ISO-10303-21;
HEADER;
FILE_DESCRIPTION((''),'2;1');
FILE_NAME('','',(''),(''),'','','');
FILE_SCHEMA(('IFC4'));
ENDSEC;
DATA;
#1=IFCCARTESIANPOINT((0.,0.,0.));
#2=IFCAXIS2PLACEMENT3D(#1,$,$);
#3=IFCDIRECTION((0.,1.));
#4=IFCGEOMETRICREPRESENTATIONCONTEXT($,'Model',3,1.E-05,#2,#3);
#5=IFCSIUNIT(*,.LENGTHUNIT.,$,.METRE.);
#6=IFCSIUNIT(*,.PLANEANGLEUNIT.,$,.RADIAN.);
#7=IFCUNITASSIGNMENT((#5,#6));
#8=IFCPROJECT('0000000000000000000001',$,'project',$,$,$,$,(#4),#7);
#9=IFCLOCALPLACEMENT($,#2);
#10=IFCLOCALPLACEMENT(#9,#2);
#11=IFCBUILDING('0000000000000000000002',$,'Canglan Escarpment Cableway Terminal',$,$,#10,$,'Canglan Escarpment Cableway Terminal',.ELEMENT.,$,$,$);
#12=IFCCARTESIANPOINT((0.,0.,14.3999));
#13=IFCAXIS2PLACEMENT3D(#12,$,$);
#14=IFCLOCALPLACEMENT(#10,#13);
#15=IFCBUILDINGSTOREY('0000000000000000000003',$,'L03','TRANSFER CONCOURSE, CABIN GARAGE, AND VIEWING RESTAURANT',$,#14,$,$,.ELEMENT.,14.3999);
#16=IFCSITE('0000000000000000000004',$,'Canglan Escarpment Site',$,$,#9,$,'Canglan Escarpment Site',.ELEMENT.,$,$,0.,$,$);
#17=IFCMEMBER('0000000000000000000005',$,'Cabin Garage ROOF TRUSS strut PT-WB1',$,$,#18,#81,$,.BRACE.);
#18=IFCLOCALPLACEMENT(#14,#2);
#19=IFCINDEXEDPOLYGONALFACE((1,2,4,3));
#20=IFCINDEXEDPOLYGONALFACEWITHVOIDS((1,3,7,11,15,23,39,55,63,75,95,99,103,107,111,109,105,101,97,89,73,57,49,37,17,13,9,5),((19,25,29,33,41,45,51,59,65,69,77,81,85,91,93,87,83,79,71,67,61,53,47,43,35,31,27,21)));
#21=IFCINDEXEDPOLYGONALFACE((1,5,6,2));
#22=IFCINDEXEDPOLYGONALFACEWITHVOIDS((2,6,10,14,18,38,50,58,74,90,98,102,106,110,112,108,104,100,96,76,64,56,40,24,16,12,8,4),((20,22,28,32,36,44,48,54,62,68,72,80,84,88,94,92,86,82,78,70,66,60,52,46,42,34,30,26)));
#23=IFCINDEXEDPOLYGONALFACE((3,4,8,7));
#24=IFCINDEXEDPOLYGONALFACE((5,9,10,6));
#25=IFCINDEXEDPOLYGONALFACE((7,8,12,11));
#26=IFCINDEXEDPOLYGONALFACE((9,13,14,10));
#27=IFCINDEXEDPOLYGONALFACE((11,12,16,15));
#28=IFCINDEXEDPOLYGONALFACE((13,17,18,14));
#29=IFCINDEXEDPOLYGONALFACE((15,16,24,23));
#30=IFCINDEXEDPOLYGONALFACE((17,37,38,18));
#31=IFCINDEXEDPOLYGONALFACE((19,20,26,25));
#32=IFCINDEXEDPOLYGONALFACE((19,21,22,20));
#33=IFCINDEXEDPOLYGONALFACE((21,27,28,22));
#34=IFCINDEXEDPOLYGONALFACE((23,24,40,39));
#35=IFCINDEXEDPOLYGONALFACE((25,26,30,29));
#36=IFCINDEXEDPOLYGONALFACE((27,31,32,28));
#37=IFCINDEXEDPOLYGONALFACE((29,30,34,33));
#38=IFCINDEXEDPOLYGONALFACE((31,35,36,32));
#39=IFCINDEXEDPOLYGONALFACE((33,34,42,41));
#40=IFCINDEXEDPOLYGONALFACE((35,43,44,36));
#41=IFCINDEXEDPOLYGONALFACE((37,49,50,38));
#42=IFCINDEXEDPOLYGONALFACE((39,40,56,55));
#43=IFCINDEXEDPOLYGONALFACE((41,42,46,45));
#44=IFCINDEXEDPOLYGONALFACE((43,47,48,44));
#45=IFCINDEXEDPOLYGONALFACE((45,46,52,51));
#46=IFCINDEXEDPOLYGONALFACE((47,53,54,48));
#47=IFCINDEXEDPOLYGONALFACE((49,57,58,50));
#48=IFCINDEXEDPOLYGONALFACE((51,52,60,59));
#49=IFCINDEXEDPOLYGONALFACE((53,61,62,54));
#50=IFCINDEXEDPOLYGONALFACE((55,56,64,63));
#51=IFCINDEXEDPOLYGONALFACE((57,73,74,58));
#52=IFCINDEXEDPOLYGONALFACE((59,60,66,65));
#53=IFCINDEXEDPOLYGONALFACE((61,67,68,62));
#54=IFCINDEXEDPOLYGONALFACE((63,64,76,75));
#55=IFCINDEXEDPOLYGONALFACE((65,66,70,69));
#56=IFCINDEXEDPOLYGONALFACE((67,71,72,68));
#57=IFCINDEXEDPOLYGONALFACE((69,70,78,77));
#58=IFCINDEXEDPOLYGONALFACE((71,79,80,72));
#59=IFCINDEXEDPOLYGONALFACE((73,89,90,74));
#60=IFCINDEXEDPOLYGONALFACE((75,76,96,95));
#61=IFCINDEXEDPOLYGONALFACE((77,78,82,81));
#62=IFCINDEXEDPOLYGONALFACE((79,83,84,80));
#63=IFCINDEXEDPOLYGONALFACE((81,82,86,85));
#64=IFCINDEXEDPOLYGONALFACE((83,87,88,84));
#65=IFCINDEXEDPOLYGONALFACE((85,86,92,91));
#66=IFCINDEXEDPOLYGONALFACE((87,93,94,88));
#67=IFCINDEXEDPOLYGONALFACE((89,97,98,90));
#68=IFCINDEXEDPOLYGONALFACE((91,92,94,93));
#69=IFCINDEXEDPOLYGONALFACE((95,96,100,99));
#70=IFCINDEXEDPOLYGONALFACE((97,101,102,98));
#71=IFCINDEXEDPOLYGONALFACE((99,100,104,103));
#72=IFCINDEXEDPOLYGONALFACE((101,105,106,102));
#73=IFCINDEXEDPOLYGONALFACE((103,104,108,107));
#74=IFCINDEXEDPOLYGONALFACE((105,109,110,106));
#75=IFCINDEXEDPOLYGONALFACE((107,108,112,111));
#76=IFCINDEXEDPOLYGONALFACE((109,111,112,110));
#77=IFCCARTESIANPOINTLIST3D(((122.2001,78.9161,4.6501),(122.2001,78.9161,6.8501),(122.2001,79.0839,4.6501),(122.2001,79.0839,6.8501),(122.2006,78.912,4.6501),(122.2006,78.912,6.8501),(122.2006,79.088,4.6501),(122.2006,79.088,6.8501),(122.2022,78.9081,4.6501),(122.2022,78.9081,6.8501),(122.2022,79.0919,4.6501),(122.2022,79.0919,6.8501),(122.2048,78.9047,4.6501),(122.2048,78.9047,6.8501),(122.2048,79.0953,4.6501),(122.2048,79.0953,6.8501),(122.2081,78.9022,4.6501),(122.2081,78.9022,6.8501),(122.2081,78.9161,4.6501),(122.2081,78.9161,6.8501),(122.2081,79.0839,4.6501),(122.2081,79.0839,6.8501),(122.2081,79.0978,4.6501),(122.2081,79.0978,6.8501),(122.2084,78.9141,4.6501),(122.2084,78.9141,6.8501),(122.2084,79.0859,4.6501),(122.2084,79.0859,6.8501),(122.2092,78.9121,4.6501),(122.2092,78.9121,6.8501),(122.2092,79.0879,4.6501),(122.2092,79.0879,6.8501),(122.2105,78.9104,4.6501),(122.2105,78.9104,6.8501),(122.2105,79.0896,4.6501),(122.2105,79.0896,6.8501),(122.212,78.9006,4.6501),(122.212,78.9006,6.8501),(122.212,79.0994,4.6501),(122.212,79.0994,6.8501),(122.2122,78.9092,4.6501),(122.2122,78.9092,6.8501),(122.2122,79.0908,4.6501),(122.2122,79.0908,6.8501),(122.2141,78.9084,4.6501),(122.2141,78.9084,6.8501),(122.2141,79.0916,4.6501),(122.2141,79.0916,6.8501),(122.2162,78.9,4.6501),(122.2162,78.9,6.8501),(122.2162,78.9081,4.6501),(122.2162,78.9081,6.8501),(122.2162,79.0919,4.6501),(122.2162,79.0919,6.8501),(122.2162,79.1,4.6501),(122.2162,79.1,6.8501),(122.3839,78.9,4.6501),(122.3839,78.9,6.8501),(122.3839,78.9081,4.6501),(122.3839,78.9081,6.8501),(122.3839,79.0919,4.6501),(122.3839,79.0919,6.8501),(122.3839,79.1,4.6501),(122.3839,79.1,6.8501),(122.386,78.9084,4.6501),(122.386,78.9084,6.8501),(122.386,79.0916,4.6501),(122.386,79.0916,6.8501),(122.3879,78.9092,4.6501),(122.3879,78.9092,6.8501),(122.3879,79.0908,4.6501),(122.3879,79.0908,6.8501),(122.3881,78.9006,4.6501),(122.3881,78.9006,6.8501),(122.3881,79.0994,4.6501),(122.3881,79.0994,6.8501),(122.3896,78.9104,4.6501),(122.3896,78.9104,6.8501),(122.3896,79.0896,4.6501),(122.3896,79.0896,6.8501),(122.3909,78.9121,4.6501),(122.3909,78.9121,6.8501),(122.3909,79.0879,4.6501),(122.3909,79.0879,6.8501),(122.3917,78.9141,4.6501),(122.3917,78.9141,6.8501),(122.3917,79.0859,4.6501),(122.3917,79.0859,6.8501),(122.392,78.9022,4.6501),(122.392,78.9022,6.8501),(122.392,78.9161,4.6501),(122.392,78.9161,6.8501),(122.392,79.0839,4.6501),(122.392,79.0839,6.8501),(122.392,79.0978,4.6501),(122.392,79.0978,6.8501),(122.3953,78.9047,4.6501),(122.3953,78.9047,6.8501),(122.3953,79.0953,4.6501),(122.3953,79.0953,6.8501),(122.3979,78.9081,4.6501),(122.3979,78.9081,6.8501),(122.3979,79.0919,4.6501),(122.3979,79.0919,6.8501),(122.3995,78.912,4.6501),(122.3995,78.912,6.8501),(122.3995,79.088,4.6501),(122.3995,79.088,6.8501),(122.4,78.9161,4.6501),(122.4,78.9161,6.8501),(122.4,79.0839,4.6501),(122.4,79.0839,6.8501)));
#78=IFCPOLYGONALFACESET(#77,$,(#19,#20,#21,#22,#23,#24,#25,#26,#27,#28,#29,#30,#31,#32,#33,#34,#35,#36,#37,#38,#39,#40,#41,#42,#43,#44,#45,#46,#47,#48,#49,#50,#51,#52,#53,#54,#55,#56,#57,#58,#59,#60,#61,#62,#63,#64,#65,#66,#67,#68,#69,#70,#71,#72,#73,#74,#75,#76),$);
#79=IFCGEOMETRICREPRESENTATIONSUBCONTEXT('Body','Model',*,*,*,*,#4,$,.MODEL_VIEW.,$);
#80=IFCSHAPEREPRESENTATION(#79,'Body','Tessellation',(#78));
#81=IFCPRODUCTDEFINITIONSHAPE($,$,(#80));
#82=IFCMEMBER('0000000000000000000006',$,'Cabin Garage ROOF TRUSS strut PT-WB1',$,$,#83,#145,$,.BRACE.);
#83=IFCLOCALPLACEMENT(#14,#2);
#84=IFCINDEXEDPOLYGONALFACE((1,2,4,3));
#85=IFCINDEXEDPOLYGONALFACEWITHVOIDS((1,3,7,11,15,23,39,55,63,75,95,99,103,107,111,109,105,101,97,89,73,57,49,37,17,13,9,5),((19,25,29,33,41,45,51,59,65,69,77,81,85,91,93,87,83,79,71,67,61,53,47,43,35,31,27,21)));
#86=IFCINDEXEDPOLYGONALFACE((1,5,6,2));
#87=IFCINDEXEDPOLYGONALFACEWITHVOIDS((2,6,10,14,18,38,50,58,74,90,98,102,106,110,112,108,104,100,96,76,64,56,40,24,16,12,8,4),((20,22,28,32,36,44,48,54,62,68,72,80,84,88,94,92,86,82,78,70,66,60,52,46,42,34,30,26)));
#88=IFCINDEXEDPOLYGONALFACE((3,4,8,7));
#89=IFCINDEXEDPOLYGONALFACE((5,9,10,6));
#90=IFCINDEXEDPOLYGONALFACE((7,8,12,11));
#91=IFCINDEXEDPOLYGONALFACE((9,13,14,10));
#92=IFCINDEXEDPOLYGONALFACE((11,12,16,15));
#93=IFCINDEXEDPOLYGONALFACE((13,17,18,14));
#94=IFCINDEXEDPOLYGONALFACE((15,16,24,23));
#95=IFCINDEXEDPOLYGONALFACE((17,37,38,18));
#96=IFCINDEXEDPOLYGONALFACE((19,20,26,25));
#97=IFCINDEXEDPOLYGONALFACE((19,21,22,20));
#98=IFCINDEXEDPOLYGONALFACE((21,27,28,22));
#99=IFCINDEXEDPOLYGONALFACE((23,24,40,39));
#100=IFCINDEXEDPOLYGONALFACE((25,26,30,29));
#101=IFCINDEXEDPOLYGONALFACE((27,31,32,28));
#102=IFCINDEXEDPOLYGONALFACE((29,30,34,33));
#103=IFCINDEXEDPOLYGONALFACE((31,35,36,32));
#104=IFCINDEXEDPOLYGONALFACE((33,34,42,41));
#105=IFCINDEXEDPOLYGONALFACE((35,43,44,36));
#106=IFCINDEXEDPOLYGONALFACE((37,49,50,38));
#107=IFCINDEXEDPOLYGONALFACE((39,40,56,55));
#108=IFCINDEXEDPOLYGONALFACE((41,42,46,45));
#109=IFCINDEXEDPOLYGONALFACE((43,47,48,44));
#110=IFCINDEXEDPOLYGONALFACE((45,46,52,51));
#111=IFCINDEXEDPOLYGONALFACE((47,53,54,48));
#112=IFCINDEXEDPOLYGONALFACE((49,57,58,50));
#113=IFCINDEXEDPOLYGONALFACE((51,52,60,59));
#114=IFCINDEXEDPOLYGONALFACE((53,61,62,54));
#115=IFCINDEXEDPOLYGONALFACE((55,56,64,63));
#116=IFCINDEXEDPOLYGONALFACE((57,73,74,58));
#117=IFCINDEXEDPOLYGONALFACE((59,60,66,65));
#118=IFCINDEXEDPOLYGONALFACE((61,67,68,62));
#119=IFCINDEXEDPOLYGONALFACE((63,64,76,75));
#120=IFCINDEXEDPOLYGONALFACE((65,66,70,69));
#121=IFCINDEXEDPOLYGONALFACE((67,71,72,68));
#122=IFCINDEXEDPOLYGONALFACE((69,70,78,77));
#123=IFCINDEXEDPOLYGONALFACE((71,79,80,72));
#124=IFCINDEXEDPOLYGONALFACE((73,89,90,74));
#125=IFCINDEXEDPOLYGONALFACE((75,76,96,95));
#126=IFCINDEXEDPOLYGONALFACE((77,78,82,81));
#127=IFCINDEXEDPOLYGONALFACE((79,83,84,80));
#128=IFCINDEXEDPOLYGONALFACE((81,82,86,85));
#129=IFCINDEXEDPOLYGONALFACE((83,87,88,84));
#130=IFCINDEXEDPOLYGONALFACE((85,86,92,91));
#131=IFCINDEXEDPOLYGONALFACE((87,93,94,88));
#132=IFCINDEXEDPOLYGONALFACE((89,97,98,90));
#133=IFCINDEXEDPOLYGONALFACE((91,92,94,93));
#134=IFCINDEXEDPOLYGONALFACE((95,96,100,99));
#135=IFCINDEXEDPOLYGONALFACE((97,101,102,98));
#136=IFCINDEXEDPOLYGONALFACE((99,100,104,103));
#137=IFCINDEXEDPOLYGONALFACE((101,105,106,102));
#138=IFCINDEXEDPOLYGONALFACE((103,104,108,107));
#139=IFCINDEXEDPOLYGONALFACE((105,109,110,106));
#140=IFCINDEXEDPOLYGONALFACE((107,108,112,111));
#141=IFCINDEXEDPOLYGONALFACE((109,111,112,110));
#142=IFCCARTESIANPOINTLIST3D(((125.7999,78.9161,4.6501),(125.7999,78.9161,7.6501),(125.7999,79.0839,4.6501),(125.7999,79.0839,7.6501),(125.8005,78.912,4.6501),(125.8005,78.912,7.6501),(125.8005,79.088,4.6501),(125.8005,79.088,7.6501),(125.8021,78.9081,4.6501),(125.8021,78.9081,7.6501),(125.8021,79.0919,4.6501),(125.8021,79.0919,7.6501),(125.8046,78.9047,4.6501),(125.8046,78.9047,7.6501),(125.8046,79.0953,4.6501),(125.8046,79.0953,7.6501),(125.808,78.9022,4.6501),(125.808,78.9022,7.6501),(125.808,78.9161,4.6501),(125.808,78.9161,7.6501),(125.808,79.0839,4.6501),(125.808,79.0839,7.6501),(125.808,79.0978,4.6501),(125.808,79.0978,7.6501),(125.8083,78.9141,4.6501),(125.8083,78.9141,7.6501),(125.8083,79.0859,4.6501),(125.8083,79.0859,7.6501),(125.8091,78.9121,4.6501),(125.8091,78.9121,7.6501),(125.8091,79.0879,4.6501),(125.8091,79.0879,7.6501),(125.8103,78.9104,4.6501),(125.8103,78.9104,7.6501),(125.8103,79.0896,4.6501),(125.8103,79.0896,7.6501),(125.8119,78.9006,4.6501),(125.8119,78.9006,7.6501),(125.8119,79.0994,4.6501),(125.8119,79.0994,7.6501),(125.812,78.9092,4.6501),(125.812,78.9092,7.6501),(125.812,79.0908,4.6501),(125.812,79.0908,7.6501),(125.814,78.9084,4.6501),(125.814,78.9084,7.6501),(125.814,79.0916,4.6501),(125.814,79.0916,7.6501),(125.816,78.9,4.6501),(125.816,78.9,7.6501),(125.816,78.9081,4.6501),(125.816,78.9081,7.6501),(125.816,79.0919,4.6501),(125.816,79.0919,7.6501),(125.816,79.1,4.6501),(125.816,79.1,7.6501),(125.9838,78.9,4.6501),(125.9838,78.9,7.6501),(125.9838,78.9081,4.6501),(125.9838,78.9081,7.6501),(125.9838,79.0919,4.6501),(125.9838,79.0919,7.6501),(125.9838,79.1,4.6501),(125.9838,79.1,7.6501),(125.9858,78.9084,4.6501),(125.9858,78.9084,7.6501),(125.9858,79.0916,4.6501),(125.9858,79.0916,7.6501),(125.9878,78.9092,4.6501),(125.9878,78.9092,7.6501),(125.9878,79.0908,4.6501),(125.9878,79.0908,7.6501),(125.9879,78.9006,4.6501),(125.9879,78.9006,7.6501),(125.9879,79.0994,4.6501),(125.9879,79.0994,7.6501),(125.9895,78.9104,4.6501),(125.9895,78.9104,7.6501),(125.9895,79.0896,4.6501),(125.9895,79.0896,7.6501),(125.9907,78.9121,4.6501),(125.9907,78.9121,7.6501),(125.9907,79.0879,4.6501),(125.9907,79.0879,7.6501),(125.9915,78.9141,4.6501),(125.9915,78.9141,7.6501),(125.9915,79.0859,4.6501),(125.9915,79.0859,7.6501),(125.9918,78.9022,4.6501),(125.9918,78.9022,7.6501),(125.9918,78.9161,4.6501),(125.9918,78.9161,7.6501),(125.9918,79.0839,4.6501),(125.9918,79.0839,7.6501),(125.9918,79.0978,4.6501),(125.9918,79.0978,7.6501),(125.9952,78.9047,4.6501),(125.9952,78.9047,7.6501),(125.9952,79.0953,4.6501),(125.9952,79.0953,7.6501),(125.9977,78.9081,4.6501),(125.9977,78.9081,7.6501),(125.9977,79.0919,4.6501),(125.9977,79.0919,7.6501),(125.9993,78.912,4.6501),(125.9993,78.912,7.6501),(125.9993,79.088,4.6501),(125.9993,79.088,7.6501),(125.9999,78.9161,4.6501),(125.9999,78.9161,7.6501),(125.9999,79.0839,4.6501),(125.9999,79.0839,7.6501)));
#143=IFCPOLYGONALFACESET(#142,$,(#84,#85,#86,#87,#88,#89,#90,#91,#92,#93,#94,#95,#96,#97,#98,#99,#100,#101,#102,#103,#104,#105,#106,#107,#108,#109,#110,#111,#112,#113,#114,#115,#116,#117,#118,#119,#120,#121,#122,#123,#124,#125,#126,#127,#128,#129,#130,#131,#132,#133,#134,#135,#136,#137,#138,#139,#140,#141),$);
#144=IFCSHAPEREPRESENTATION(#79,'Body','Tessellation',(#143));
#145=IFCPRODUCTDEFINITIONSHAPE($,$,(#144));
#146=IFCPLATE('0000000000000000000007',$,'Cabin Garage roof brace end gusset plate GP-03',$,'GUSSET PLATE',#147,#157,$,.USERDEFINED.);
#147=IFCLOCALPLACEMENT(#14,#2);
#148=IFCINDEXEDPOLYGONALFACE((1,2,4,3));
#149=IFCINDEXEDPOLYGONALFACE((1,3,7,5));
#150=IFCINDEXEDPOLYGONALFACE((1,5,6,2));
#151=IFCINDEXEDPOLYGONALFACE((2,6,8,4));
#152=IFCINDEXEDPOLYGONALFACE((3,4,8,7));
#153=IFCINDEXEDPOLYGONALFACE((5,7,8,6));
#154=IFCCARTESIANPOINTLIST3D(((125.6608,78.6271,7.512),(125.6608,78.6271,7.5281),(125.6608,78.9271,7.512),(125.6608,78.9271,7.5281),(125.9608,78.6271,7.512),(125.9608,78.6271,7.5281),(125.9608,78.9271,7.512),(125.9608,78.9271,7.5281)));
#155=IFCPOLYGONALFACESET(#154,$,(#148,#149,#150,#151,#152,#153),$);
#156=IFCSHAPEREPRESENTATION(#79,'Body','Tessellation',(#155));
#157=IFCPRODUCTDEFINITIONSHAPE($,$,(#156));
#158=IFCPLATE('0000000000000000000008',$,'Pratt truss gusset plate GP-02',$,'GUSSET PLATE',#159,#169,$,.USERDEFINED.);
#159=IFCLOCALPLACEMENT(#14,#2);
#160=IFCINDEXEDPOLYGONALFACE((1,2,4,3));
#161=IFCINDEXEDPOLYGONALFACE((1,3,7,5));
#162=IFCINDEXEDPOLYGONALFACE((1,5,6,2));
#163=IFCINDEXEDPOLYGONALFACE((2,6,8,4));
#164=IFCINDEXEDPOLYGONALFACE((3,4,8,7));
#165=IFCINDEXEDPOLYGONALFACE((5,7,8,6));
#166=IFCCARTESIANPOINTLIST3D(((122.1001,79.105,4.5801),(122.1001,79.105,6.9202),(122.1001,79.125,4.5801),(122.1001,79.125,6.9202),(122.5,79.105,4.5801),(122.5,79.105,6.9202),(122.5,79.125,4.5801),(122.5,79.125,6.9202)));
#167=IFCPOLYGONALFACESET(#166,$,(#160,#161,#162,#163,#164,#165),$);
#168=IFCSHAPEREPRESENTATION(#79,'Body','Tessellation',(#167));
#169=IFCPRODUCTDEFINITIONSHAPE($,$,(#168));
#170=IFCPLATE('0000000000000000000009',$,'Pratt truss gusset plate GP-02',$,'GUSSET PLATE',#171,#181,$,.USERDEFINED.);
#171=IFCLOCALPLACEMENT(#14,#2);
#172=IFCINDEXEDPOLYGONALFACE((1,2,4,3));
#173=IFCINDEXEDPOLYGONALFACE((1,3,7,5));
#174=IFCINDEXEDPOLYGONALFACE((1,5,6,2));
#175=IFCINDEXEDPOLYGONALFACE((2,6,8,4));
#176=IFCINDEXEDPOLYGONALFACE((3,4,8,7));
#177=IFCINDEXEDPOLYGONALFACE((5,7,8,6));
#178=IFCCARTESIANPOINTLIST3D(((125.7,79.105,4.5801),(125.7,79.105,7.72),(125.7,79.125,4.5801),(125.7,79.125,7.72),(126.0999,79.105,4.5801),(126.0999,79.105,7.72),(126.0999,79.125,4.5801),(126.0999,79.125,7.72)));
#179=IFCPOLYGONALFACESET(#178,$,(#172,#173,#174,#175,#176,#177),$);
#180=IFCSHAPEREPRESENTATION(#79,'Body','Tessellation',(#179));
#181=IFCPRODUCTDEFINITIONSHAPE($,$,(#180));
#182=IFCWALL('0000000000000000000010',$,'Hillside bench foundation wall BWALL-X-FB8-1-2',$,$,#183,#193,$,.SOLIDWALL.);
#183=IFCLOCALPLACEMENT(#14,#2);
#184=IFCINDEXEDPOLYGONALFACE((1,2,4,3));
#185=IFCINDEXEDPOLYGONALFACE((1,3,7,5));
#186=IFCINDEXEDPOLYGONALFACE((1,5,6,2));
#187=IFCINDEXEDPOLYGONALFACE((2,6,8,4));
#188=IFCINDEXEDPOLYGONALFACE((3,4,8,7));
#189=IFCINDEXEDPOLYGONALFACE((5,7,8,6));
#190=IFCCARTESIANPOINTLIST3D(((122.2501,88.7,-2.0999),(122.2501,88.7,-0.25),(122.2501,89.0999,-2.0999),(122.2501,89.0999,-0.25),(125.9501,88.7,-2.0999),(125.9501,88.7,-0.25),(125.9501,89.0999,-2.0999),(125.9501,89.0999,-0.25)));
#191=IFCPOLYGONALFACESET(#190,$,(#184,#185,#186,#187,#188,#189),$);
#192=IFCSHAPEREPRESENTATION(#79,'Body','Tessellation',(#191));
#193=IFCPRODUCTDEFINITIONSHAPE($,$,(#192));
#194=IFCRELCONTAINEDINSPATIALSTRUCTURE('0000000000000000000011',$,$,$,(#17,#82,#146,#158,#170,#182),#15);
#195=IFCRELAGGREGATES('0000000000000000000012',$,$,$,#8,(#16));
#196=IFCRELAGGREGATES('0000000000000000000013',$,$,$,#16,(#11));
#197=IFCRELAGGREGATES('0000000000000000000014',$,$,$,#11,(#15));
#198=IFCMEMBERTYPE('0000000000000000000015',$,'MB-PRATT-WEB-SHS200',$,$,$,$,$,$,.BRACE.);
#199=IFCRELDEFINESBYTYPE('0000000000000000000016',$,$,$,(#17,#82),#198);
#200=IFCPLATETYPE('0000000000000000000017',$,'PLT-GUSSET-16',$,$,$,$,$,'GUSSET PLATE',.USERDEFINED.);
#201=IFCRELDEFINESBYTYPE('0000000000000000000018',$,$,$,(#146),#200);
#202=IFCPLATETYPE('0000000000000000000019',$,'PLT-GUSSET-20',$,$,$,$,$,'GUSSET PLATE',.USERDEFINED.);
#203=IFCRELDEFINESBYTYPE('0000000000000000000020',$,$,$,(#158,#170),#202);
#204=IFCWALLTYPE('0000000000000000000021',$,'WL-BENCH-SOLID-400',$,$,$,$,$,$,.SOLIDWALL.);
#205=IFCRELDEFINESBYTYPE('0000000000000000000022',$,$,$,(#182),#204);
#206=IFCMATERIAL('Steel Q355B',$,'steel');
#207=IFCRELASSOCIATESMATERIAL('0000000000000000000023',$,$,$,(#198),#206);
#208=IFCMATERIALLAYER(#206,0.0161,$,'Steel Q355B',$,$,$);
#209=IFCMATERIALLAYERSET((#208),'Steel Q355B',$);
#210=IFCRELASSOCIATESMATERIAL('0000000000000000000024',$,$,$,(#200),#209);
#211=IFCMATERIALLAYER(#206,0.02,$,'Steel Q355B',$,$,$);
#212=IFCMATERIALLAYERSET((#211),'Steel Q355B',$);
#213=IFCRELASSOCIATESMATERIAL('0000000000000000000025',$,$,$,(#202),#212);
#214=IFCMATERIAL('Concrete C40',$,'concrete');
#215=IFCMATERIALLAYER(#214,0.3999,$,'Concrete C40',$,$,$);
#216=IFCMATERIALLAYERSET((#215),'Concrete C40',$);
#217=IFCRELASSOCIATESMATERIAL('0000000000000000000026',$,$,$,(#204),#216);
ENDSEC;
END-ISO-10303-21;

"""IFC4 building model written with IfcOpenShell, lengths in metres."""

from ifc_helpers import new_model, si_unit, direction, frame, frame_2d, origin, origin_2d, place, context, subcontext, project, spatial, rectangle, hollow_rectangle, extrude, material, layer, layer_set, material_profile, profile_set, type_object, element, save


model = new_model("IFC4")

# Units and contexts
model_context = context("Model", 3, precision=1e-05, world=origin(), true_north=direction((0.0, 1.0)))
body_context = subcontext(model_context, "Body", "Model", "MODEL_VIEW")
ifc_project = project(units=[si_unit("LENGTHUNIT", "METRE"), si_unit("PLANEANGLEUNIT", "RADIAN")], contexts=[model_context])

# Site, building, storey
site_placement = place(None, origin())
site = spatial("IfcSite", under=ifc_project, at=site_placement, Name="Canglan Escarpment Site", LongName="Canglan Escarpment Site", CompositionType="ELEMENT", RefElevation=0.0)
building_placement = place(site_placement, origin())
building = spatial("IfcBuilding", under=site, at=building_placement, Name="Canglan Escarpment Cableway Terminal", LongName="Canglan Escarpment Cableway Terminal", CompositionType="ELEMENT")
storey_placement = place(building_placement, frame((0.0, 0.0, 14.3999)))
storey = spatial("IfcBuildingStorey", under=building, at=storey_placement, Name="L03", Description="TRANSFER CONCOURSE, CABIN GARAGE, AND VIEWING RESTAURANT", CompositionType="ELEMENT", Elevation=14.3999)

# Shared definitions
ifc_material_1 = material(Name="Concrete C40", Category="concrete")

# Shared definitions
ifc_material_2 = material(Name="Steel Q355B", Category="steel")

# Members
ifc_material_profile_1 = material_profile(ifc_material_2, hollow_rectangle(XDim=0.2, YDim=0.2, WallThickness=0.0081, InnerFilletRadius=0.0081, OuterFilletRadius=0.0161, at=origin_2d()), Name="SHS 200x200x8")
ifc_profile_set_1 = profile_set([ifc_material_profile_1], Name="Steel Q355B")
member_type_1 = type_object("IfcMemberType", Name="MB-PRATT-WEB-SHS200", PredefinedType="BRACE", material=ifc_profile_set_1)
member_1_placement = place(storey_placement, frame((122.3, 79.0, 4.6501), z_axis=(0.0, 0.0, 1.0), x_axis=(1.0, 0.0, 0.0)))
element("IfcMember", 1, at=member_1_placement, inside=storey, type_object=member_type_1, Name="Cabin Garage ROOF TRUSS strut PT-WB1", PredefinedType="BRACE", context=body_context, shape_type="SweptSolid", body=[
    extrude(hollow_rectangle(XDim=0.2, YDim=0.2, WallThickness=0.0081, InnerFilletRadius=0.0081, OuterFilletRadius=0.0161, at=origin_2d()), origin(), (0.0, 0.0, 1.0), 2.2),
])
member_2_placement = place(storey_placement, frame((125.8999, 79.0, 4.6501), z_axis=(0.0, 0.0, 1.0), x_axis=(1.0, 0.0, 0.0)))
element("IfcMember", 2, at=member_2_placement, inside=storey, type_object=member_type_1, Name="Cabin Garage ROOF TRUSS strut PT-WB1", PredefinedType="BRACE", context=body_context, shape_type="SweptSolid", body=[
    extrude(hollow_rectangle(XDim=0.2, YDim=0.2, WallThickness=0.0081, InnerFilletRadius=0.0081, OuterFilletRadius=0.0161, at=origin_2d()), origin(), (0.0, 0.0, 1.0), 3.0),
])

# Plates
ifc_layer_1 = layer(ifc_material_2, 0.0161, Name="Steel Q355B")
ifc_layer_set_1 = layer_set([ifc_layer_1], Name="Steel Q355B")
plate_type_1 = type_object("IfcPlateType", Name="PLT-GUSSET-16", ElementType="GUSSET PLATE", PredefinedType="USERDEFINED", material=ifc_layer_set_1)
plate_1_placement = place(storey_placement, frame((125.8108, 78.7771, 7.512), z_axis=(0.0, 0.0, 1.0), x_axis=(1.0, 0.0, 0.0)))
element("IfcPlate", 3, at=plate_1_placement, inside=storey, type_object=plate_type_1, Name="Cabin Garage roof brace end gusset plate GP-03", ObjectType="GUSSET PLATE", PredefinedType="USERDEFINED", context=body_context, shape_type="SweptSolid", body=[
    extrude(rectangle(XDim=0.3, YDim=0.3, at=origin_2d()), origin(), (0.0, 0.0, 1.0), 0.0161),
])
ifc_layer_2 = layer(ifc_material_2, 0.02, Name="Steel Q355B")
ifc_layer_set_2 = layer_set([ifc_layer_2], Name="Steel Q355B")
plate_type_2 = type_object("IfcPlateType", Name="PLT-GUSSET-20", ElementType="GUSSET PLATE", PredefinedType="USERDEFINED", material=ifc_layer_set_2)
plate_2_placement = place(storey_placement, frame((122.3, 79.115, 4.5801), z_axis=(0.0, 0.0, 1.0), x_axis=(1.0, 0.0, 0.0)))
element("IfcPlate", 4, at=plate_2_placement, inside=storey, type_object=plate_type_2, Name="Pratt truss gusset plate GP-02", ObjectType="GUSSET PLATE", PredefinedType="USERDEFINED", context=body_context, shape_type="SweptSolid", body=[
    extrude(rectangle(XDim=0.3999, YDim=0.02, at=origin_2d()), origin(), (0.0, 0.0, 1.0), 2.3401),
])
plate_3_placement = place(storey_placement, frame((125.8999, 79.115, 4.5801), z_axis=(0.0, 0.0, 1.0), x_axis=(1.0, 0.0, 0.0)))
element("IfcPlate", 5, at=plate_3_placement, inside=storey, type_object=plate_type_2, Name="Pratt truss gusset plate GP-02", ObjectType="GUSSET PLATE", PredefinedType="USERDEFINED", context=body_context, shape_type="SweptSolid", body=[
    extrude(rectangle(XDim=0.3999, YDim=0.02, at=origin_2d()), origin(), (0.0, 0.0, 1.0), 3.1399),
])

# Wall
ifc_layer_3 = layer(ifc_material_1, 0.3999, Name="Concrete C40")
ifc_layer_set_3 = layer_set([ifc_layer_3], Name="Concrete C40")
wall_type_1 = type_object("IfcWallType", Name="WL-BENCH-SOLID-400", PredefinedType="SOLIDWALL", material=ifc_layer_set_3)
wall_1_placement = place(storey_placement, frame((122.25, 88.8999, -2.0999), z_axis=(0.0, 0.0, 1.0), x_axis=(1.0, 0.0, 0.0)))
element("IfcWall", 6, at=wall_1_placement, inside=storey, type_object=wall_type_1, Name="Hillside bench foundation wall BWALL-X-FB8-1-2", PredefinedType="SOLIDWALL", context=body_context, shape_type="SweptSolid", body=[
    extrude(rectangle(XDim=3.7, YDim=0.3999, at=frame_2d((1.8501, 0.0))), origin(), (0.0, 0.0, 1.0), 1.8499),
])

save(model, "model.ifc")
